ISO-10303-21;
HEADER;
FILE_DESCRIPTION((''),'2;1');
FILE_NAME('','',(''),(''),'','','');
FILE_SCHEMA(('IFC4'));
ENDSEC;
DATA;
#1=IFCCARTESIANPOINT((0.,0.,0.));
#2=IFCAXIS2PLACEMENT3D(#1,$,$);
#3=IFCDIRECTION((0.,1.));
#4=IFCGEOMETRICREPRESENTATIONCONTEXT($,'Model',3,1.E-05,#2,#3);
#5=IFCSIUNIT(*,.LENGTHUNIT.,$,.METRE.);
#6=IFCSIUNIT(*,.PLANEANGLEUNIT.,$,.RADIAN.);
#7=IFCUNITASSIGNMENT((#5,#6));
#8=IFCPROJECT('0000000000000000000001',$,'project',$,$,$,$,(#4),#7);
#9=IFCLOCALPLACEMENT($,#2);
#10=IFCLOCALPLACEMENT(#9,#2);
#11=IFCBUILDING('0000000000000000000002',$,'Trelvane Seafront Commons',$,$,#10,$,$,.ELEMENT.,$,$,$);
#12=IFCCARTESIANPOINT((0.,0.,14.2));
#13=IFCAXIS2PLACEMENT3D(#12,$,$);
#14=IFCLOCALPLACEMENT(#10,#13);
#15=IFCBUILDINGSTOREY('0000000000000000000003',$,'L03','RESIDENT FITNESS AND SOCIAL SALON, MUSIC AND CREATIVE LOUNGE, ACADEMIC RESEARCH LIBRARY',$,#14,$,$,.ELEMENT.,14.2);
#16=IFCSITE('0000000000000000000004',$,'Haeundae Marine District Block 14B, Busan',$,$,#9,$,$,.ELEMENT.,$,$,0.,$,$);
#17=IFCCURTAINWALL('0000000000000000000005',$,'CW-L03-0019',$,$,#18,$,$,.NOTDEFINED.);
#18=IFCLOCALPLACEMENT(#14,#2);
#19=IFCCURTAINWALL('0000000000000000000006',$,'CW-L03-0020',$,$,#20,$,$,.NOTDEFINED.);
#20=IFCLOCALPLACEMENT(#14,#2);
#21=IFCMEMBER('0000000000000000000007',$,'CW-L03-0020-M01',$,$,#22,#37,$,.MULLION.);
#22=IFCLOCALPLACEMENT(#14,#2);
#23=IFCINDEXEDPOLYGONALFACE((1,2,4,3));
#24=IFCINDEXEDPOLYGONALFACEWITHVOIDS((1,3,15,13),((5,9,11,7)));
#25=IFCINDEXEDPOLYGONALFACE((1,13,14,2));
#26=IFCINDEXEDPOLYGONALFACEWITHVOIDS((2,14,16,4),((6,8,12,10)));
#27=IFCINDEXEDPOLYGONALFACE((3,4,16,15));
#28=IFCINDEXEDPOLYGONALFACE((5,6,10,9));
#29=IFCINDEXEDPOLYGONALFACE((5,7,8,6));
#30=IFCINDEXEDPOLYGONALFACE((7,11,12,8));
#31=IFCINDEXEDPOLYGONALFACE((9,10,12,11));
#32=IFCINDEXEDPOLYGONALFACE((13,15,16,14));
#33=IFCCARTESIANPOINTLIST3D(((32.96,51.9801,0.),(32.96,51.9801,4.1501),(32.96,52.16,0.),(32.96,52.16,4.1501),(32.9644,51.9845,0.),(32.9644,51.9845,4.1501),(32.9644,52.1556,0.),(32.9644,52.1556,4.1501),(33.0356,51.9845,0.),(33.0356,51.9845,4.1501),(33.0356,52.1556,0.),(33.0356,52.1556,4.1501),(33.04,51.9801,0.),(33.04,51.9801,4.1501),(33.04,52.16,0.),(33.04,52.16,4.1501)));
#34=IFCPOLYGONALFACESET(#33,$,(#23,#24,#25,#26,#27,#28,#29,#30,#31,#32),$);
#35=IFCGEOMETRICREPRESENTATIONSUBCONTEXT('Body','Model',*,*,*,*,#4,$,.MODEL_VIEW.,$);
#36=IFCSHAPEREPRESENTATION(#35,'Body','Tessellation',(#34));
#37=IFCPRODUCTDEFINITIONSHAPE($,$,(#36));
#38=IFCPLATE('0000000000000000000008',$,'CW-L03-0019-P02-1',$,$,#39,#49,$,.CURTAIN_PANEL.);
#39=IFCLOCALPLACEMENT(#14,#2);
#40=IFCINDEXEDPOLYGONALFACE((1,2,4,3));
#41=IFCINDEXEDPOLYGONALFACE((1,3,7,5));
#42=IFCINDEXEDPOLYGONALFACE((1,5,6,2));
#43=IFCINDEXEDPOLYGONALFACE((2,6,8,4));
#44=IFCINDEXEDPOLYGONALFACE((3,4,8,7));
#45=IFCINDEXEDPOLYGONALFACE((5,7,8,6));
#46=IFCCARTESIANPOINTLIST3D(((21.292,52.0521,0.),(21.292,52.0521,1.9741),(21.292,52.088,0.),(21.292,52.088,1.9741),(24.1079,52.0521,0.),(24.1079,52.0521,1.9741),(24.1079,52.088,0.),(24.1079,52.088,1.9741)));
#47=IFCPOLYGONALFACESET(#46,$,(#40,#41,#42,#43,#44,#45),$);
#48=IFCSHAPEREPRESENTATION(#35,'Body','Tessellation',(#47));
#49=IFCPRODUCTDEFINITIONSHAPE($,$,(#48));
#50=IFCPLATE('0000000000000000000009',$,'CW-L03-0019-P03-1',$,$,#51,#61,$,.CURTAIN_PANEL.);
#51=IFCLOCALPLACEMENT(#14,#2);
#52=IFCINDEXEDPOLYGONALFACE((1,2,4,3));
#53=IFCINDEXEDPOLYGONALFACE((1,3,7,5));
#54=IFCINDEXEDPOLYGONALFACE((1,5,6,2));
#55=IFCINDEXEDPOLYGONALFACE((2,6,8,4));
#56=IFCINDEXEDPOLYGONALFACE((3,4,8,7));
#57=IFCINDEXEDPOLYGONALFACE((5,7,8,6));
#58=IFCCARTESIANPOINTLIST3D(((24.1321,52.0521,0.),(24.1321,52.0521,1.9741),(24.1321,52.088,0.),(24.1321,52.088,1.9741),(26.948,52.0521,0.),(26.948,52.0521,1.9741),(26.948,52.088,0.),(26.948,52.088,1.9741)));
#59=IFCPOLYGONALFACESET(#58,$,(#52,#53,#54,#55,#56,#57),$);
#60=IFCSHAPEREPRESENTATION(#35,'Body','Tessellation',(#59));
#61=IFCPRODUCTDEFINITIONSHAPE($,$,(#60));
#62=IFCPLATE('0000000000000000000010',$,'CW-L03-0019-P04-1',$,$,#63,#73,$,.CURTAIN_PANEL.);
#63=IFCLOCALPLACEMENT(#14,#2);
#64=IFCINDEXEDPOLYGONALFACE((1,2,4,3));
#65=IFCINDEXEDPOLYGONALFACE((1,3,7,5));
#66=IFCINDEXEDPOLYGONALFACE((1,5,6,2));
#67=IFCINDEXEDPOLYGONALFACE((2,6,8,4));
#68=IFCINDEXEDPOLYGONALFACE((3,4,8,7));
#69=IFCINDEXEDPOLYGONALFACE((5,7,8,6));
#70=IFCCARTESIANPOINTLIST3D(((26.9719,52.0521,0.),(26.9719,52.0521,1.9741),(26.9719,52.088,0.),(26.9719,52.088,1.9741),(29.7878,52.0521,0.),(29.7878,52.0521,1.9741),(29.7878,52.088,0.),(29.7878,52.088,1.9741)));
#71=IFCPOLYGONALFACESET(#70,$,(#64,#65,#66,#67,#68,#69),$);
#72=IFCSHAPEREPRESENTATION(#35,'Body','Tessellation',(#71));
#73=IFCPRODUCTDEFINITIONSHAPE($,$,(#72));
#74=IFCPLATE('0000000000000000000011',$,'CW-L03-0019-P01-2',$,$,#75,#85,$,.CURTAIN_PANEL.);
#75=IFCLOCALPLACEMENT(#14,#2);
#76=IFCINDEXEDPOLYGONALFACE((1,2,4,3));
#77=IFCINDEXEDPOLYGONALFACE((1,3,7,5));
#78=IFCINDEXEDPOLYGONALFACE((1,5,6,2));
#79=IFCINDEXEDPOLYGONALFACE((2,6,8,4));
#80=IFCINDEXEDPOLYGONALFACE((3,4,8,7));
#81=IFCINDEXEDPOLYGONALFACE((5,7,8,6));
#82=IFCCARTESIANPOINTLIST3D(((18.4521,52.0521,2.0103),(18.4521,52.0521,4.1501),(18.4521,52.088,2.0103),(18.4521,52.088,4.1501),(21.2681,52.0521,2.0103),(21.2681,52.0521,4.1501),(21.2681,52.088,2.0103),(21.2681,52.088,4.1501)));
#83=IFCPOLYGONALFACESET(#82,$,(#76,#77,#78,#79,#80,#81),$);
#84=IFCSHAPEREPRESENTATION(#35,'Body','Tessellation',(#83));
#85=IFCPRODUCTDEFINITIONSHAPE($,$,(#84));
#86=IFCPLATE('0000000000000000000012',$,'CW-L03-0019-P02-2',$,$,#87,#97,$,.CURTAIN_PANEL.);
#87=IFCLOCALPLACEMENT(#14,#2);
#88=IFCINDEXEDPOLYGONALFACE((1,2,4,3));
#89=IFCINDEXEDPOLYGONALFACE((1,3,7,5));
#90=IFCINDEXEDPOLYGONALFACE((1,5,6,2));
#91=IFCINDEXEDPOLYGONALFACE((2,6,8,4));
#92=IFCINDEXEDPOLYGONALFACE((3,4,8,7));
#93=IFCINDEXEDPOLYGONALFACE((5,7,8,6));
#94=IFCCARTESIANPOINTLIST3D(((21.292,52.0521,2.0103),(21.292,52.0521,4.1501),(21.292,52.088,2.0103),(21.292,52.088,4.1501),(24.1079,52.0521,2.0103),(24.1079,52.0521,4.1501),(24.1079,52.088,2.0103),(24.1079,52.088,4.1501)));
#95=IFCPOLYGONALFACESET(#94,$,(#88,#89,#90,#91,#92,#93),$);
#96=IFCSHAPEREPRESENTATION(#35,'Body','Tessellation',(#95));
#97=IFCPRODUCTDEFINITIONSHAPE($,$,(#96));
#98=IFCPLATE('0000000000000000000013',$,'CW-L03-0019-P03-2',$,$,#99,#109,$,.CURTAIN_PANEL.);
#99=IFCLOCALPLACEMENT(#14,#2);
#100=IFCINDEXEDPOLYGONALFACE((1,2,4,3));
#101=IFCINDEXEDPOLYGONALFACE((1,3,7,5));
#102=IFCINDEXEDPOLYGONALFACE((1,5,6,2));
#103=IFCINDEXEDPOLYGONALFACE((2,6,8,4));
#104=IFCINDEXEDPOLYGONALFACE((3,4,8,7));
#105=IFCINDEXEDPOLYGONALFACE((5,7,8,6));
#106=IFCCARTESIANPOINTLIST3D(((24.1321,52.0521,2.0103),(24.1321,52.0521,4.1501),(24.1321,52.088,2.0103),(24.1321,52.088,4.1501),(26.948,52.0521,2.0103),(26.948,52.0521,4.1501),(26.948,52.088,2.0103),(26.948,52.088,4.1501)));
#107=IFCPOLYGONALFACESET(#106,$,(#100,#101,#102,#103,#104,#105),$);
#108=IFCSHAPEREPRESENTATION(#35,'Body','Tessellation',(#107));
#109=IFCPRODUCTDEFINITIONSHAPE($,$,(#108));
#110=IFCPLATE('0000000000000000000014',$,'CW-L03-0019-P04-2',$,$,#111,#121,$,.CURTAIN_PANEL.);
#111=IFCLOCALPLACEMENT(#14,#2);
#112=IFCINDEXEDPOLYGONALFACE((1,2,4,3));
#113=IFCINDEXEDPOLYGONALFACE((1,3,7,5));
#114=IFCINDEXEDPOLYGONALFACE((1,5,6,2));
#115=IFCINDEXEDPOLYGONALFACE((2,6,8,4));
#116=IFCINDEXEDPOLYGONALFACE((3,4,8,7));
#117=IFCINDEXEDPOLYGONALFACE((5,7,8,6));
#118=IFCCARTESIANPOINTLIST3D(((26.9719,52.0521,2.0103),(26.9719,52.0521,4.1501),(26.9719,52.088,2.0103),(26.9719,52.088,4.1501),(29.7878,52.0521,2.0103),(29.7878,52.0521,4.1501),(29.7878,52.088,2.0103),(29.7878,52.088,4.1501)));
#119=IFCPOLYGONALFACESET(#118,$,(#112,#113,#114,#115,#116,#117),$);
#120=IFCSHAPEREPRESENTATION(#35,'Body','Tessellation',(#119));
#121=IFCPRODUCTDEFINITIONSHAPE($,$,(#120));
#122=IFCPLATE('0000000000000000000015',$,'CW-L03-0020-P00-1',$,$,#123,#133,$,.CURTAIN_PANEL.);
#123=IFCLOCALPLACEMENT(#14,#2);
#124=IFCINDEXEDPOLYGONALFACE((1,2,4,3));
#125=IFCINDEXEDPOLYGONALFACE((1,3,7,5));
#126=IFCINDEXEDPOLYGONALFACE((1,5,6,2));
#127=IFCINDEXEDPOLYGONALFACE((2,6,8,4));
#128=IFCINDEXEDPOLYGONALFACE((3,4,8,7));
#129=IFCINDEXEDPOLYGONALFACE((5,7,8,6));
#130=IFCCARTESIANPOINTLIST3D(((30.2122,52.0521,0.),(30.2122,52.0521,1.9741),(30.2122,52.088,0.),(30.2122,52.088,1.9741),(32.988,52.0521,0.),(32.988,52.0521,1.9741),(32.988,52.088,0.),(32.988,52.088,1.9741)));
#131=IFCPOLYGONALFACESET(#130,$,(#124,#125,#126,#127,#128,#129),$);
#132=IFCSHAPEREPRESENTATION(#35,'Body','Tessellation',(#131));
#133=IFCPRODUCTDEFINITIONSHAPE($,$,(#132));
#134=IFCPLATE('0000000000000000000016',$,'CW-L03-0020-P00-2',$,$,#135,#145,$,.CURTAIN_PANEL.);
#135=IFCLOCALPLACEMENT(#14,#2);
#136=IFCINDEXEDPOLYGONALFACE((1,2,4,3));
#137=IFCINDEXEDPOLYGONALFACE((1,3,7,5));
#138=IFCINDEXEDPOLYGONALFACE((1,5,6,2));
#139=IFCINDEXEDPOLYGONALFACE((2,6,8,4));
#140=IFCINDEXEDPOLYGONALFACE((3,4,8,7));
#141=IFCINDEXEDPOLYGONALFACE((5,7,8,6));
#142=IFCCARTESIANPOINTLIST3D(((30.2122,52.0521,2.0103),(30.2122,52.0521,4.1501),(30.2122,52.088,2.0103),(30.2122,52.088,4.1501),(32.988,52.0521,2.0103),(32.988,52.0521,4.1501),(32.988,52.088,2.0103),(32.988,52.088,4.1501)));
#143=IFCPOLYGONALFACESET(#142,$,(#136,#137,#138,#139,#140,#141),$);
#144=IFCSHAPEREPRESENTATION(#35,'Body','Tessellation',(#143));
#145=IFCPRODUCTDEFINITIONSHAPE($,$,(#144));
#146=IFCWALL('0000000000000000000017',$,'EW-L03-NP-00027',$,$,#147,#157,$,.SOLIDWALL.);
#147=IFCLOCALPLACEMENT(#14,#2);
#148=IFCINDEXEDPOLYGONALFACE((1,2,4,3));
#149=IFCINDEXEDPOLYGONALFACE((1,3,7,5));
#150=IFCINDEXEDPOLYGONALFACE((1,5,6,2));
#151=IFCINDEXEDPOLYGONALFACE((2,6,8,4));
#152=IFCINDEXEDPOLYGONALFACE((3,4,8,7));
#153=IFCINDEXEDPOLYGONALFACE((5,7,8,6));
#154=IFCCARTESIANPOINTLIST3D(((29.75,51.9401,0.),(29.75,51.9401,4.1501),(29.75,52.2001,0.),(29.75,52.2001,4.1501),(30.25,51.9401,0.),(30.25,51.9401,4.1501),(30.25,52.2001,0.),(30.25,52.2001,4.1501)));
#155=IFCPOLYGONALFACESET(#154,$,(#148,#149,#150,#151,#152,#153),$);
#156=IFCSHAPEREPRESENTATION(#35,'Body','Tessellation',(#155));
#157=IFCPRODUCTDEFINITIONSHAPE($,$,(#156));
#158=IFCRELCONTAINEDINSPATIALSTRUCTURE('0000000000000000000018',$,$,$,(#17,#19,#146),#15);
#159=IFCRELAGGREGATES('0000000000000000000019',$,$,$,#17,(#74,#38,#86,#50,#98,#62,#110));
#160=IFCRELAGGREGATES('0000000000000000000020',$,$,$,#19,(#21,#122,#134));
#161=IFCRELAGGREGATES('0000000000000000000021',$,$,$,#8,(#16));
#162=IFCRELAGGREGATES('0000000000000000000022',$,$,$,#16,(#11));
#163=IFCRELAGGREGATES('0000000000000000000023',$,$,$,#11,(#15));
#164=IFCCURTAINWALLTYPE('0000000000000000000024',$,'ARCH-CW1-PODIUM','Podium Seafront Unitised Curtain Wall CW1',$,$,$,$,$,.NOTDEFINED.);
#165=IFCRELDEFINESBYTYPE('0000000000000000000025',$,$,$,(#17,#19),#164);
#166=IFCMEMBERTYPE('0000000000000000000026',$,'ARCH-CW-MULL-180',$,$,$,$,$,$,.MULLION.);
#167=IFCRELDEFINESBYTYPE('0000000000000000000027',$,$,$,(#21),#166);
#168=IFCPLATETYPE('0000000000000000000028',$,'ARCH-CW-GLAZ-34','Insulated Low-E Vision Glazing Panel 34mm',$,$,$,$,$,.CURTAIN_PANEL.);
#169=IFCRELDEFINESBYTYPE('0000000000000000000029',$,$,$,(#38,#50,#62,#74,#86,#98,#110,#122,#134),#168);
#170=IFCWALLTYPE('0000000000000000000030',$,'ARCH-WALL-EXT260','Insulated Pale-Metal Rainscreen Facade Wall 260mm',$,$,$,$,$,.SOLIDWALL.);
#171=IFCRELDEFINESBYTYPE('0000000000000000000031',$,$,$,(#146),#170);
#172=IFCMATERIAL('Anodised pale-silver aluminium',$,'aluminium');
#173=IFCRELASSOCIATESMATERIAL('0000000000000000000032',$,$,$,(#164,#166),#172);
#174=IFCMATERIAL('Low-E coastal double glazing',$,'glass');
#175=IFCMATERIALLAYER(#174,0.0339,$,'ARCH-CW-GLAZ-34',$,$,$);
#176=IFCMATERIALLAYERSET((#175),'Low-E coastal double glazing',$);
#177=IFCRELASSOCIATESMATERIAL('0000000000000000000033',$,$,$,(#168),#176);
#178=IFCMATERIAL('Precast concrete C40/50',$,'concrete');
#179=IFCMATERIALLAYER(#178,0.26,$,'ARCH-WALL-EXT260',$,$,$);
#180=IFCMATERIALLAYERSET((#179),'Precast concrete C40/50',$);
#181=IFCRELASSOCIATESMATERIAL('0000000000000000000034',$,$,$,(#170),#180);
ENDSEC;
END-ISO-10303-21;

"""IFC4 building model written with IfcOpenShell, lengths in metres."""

from ifc_helpers import new_model, si_unit, direction, frame, frame_2d, origin, origin_2d, place, context, subcontext, project, spatial, rectangle, hollow_rectangle, extrude, source, transform, mapped, material, layer, layer_set, material_profile, profile_set, type_object, element, aggregate, save


model = new_model("IFC4")

# Units and contexts
model_context = context("Model", 3, precision=1e-05, world=origin(), true_north=direction((0.0, 1.0)))
body_context = subcontext(model_context, "Body", "Model", "MODEL_VIEW")
ifc_project = project(units=[si_unit("LENGTHUNIT", "METRE"), si_unit("PLANEANGLEUNIT", "RADIAN")], contexts=[model_context])

# Site, building, storey
site_placement = place(None, origin())
site = spatial("IfcSite", under=ifc_project, at=site_placement, Name="Haeundae Marine District Block 14B, Busan", CompositionType="ELEMENT", RefElevation=0.0)
building_placement = place(site_placement, origin())
building = spatial("IfcBuilding", under=site, at=building_placement, Name="Trelvane Seafront Commons", CompositionType="ELEMENT")
storey_placement = place(building_placement, frame((0.0, 0.0, 14.2)))
storey = spatial("IfcBuildingStorey", under=building, at=storey_placement, Name="L03", Description="RESIDENT FITNESS AND SOCIAL SALON, MUSIC AND CREATIVE LOUNGE, ACADEMIC RESEARCH LIBRARY", CompositionType="ELEMENT", Elevation=14.2)

# Curtain walls
ifc_material_1 = material(Name="Anodised pale-silver aluminium", Category="aluminium")
curtain_wall_type = type_object("IfcCurtainWallType", Name="ARCH-CW1-PODIUM", Description="Podium Seafront Unitised Curtain Wall CW1", PredefinedType="NOTDEFINED", material=ifc_material_1)
curtain_wall_1_placement = place(storey_placement, origin())
curtain_wall_1 = element("IfcCurtainWall", 1, at=curtain_wall_1_placement, inside=storey, type_object=curtain_wall_type, Name="CW-L03-0019", PredefinedType="NOTDEFINED")
curtain_wall_2_placement = place(storey_placement, origin())
curtain_wall_2 = element("IfcCurtainWall", 2, at=curtain_wall_2_placement, inside=storey, type_object=curtain_wall_type, Name="CW-L03-0020", PredefinedType="NOTDEFINED")

# Member
ifc_material_profile_1 = material_profile(ifc_material_1, hollow_rectangle(XDim=0.0801, YDim=0.1799, WallThickness=0.0044, at=origin_2d()), Name="MULL-80x180x4.5")
ifc_profile_set_1 = profile_set([ifc_material_profile_1], Name="Anodised pale-silver aluminium")
member_type_1 = type_object("IfcMemberType", Name="ARCH-CW-MULL-180", PredefinedType="MULLION", material=ifc_profile_set_1)
shared_shape_1 = source(origin(), body_context, "Body", "SweptSolid", [
    extrude(hollow_rectangle(XDim=0.0801, YDim=0.1799, WallThickness=0.0044, at=origin_2d()), origin(), (0.0, 0.0, 1.0), 4.1501),
])
member_1_placement = place(storey_placement, frame((33.0, 52.0701, 0.0), z_axis=(0.0, 0.0, 1.0), x_axis=(1.0, 0.0, 0.0)))
member_1 = element("IfcMember", 3, at=member_1_placement, type_object=member_type_1, Name="CW-L03-0020-M01", PredefinedType="MULLION", context=body_context, shape_type="MappedRepresentation", body=[
    mapped(shared_shape_1, transform((0.0, 0.0, 0.0), x_axis=(1.0, 0.0, 0.0), y_axis=(0.0, 1.0, 0.0), z_axis=(0.0, 0.0, 1.0), scale=1.0)),
])

# Plates
ifc_material_2 = material(Name="Low-E coastal double glazing", Category="glass")
ifc_layer_1 = layer(ifc_material_2, 0.0339, Name="ARCH-CW-GLAZ-34")
ifc_layer_set_1 = layer_set([ifc_layer_1], Name="Low-E coastal double glazing")
plate_type = type_object("IfcPlateType", Name="ARCH-CW-GLAZ-34", Description="Insulated Low-E Vision Glazing Panel 34mm", PredefinedType="CURTAIN_PANEL", material=ifc_layer_set_1)
shared_shape_2 = source(origin(), body_context, "Body", "SweptSolid", [
    extrude(rectangle(XDim=2.8159, YDim=0.0359, at=origin_2d()), origin(), (0.0, 0.0, 1.0), 1.9741),
])
plate_1_placement = place(storey_placement, frame((22.7, 52.0701, 0.0), z_axis=(0.0, 0.0, 1.0), x_axis=(1.0, 0.0, 0.0)))
plate_1 = element("IfcPlate", 4, at=plate_1_placement, type_object=plate_type, Name="CW-L03-0019-P02-1", PredefinedType="CURTAIN_PANEL", context=body_context, shape_type="MappedRepresentation", body=[
    mapped(shared_shape_2, transform((0.0, 0.0, 0.0), x_axis=(1.0, 0.0, 0.0), y_axis=(0.0, 1.0, 0.0), z_axis=(0.0, 0.0, 1.0), scale=1.0)),
])
plate_2_placement = place(storey_placement, frame((25.54, 52.0701, 0.0), z_axis=(0.0, 0.0, 1.0), x_axis=(1.0, 0.0, 0.0)))
plate_2 = element("IfcPlate", 5, at=plate_2_placement, type_object=plate_type, Name="CW-L03-0019-P03-1", PredefinedType="CURTAIN_PANEL", context=body_context, shape_type="MappedRepresentation", body=[
    mapped(shared_shape_2, transform((0.0, 0.0, 0.0), x_axis=(1.0, 0.0, 0.0), y_axis=(0.0, 1.0, 0.0), z_axis=(0.0, 0.0, 1.0), scale=1.0)),
])
plate_3_placement = place(storey_placement, frame((28.3799, 52.0701, 0.0), z_axis=(0.0, 0.0, 1.0), x_axis=(1.0, 0.0, 0.0)))
plate_3 = element("IfcPlate", 6, at=plate_3_placement, type_object=plate_type, Name="CW-L03-0019-P04-1", PredefinedType="CURTAIN_PANEL", context=body_context, shape_type="MappedRepresentation", body=[
    mapped(shared_shape_2, transform((0.0, 0.0, 0.0), x_axis=(1.0, 0.0, 0.0), y_axis=(0.0, 1.0, 0.0), z_axis=(0.0, 0.0, 1.0), scale=1.0)),
])
shared_shape_3 = source(origin(), body_context, "Body", "SweptSolid", [
    extrude(rectangle(XDim=2.8159, YDim=0.0359, at=origin_2d()), origin(), (0.0, 0.0, 1.0), 2.1399),
])
plate_4_placement = place(storey_placement, frame((19.8601, 52.0701, 2.0103), z_axis=(0.0, 0.0, 1.0), x_axis=(1.0, 0.0, 0.0)))
plate_4 = element("IfcPlate", 7, at=plate_4_placement, type_object=plate_type, Name="CW-L03-0019-P01-2", PredefinedType="CURTAIN_PANEL", context=body_context, shape_type="MappedRepresentation", body=[
    mapped(shared_shape_3, transform((0.0, 0.0, 0.0), x_axis=(1.0, 0.0, 0.0), y_axis=(0.0, 1.0, 0.0), z_axis=(0.0, 0.0, 1.0), scale=1.0)),
])
plate_5_placement = place(storey_placement, frame((22.7, 52.0701, 2.0103), z_axis=(0.0, 0.0, 1.0), x_axis=(1.0, 0.0, 0.0)))
plate_5 = element("IfcPlate", 8, at=plate_5_placement, type_object=plate_type, Name="CW-L03-0019-P02-2", PredefinedType="CURTAIN_PANEL", context=body_context, shape_type="MappedRepresentation", body=[
    mapped(shared_shape_3, transform((0.0, 0.0, 0.0), x_axis=(1.0, 0.0, 0.0), y_axis=(0.0, 1.0, 0.0), z_axis=(0.0, 0.0, 1.0), scale=1.0)),
])
plate_6_placement = place(storey_placement, frame((25.54, 52.0701, 2.0103), z_axis=(0.0, 0.0, 1.0), x_axis=(1.0, 0.0, 0.0)))
plate_6 = element("IfcPlate", 9, at=plate_6_placement, type_object=plate_type, Name="CW-L03-0019-P03-2", PredefinedType="CURTAIN_PANEL", context=body_context, shape_type="MappedRepresentation", body=[
    mapped(shared_shape_3, transform((0.0, 0.0, 0.0), x_axis=(1.0, 0.0, 0.0), y_axis=(0.0, 1.0, 0.0), z_axis=(0.0, 0.0, 1.0), scale=1.0)),
])
plate_7_placement = place(storey_placement, frame((28.3799, 52.0701, 2.0103), z_axis=(0.0, 0.0, 1.0), x_axis=(1.0, 0.0, 0.0)))
plate_7 = element("IfcPlate", 10, at=plate_7_placement, type_object=plate_type, Name="CW-L03-0019-P04-2", PredefinedType="CURTAIN_PANEL", context=body_context, shape_type="MappedRepresentation", body=[
    mapped(shared_shape_3, transform((0.0, 0.0, 0.0), x_axis=(1.0, 0.0, 0.0), y_axis=(0.0, 1.0, 0.0), z_axis=(0.0, 0.0, 1.0), scale=1.0)),
])
aggregate(curtain_wall_1, [plate_4, plate_1, plate_5, plate_2, plate_6, plate_3, plate_7])
shared_shape_4 = source(origin(), body_context, "Body", "SweptSolid", [
    extrude(rectangle(XDim=2.7759, YDim=0.0359, at=origin_2d()), origin(), (0.0, 0.0, 1.0), 1.9741),
])
plate_8_placement = place(storey_placement, frame((31.6001, 52.0701, 0.0), z_axis=(0.0, 0.0, 1.0), x_axis=(1.0, 0.0, 0.0)))
plate_8 = element("IfcPlate", 11, at=plate_8_placement, type_object=plate_type, Name="CW-L03-0020-P00-1", PredefinedType="CURTAIN_PANEL", context=body_context, shape_type="MappedRepresentation", body=[
    mapped(shared_shape_4, transform((0.0, 0.0, 0.0), x_axis=(1.0, 0.0, 0.0), y_axis=(0.0, 1.0, 0.0), z_axis=(0.0, 0.0, 1.0), scale=1.0)),
])
shared_shape_5 = source(origin(), body_context, "Body", "SweptSolid", [
    extrude(rectangle(XDim=2.7759, YDim=0.0359, at=origin_2d()), origin(), (0.0, 0.0, 1.0), 2.1399),
])
plate_9_placement = place(storey_placement, frame((31.6001, 52.0701, 2.0103), z_axis=(0.0, 0.0, 1.0), x_axis=(1.0, 0.0, 0.0)))
plate_9 = element("IfcPlate", 12, at=plate_9_placement, type_object=plate_type, Name="CW-L03-0020-P00-2", PredefinedType="CURTAIN_PANEL", context=body_context, shape_type="MappedRepresentation", body=[
    mapped(shared_shape_5, transform((0.0, 0.0, 0.0), x_axis=(1.0, 0.0, 0.0), y_axis=(0.0, 1.0, 0.0), z_axis=(0.0, 0.0, 1.0), scale=1.0)),
])
aggregate(curtain_wall_2, [member_1, plate_8, plate_9])

# Wall
ifc_material_3 = material(Name="Precast concrete C40/50", Category="concrete")
ifc_layer_2 = layer(ifc_material_3, 0.26, Name="ARCH-WALL-EXT260")
ifc_layer_set_2 = layer_set([ifc_layer_2], Name="Precast concrete C40/50")
wall_type = type_object("IfcWallType", Name="ARCH-WALL-EXT260", Description="Insulated Pale-Metal Rainscreen Facade Wall 260mm", PredefinedType="SOLIDWALL", material=ifc_layer_set_2)
wall_placement = place(storey_placement, frame((29.75, 52.0701, 0.0), z_axis=(0.0, 0.0, 1.0), x_axis=(1.0, 0.0, 0.0)))
element("IfcWall", 13, at=wall_placement, inside=storey, type_object=wall_type, Name="EW-L03-NP-00027", PredefinedType="SOLIDWALL", context=body_context, shape_type="SweptSolid", body=[
    extrude(rectangle(XDim=0.5, YDim=0.26, at=frame_2d((0.25, 0.0))), origin(), (0.0, 0.0, 1.0), 4.1501),
])

save(model, "model.ifc")
